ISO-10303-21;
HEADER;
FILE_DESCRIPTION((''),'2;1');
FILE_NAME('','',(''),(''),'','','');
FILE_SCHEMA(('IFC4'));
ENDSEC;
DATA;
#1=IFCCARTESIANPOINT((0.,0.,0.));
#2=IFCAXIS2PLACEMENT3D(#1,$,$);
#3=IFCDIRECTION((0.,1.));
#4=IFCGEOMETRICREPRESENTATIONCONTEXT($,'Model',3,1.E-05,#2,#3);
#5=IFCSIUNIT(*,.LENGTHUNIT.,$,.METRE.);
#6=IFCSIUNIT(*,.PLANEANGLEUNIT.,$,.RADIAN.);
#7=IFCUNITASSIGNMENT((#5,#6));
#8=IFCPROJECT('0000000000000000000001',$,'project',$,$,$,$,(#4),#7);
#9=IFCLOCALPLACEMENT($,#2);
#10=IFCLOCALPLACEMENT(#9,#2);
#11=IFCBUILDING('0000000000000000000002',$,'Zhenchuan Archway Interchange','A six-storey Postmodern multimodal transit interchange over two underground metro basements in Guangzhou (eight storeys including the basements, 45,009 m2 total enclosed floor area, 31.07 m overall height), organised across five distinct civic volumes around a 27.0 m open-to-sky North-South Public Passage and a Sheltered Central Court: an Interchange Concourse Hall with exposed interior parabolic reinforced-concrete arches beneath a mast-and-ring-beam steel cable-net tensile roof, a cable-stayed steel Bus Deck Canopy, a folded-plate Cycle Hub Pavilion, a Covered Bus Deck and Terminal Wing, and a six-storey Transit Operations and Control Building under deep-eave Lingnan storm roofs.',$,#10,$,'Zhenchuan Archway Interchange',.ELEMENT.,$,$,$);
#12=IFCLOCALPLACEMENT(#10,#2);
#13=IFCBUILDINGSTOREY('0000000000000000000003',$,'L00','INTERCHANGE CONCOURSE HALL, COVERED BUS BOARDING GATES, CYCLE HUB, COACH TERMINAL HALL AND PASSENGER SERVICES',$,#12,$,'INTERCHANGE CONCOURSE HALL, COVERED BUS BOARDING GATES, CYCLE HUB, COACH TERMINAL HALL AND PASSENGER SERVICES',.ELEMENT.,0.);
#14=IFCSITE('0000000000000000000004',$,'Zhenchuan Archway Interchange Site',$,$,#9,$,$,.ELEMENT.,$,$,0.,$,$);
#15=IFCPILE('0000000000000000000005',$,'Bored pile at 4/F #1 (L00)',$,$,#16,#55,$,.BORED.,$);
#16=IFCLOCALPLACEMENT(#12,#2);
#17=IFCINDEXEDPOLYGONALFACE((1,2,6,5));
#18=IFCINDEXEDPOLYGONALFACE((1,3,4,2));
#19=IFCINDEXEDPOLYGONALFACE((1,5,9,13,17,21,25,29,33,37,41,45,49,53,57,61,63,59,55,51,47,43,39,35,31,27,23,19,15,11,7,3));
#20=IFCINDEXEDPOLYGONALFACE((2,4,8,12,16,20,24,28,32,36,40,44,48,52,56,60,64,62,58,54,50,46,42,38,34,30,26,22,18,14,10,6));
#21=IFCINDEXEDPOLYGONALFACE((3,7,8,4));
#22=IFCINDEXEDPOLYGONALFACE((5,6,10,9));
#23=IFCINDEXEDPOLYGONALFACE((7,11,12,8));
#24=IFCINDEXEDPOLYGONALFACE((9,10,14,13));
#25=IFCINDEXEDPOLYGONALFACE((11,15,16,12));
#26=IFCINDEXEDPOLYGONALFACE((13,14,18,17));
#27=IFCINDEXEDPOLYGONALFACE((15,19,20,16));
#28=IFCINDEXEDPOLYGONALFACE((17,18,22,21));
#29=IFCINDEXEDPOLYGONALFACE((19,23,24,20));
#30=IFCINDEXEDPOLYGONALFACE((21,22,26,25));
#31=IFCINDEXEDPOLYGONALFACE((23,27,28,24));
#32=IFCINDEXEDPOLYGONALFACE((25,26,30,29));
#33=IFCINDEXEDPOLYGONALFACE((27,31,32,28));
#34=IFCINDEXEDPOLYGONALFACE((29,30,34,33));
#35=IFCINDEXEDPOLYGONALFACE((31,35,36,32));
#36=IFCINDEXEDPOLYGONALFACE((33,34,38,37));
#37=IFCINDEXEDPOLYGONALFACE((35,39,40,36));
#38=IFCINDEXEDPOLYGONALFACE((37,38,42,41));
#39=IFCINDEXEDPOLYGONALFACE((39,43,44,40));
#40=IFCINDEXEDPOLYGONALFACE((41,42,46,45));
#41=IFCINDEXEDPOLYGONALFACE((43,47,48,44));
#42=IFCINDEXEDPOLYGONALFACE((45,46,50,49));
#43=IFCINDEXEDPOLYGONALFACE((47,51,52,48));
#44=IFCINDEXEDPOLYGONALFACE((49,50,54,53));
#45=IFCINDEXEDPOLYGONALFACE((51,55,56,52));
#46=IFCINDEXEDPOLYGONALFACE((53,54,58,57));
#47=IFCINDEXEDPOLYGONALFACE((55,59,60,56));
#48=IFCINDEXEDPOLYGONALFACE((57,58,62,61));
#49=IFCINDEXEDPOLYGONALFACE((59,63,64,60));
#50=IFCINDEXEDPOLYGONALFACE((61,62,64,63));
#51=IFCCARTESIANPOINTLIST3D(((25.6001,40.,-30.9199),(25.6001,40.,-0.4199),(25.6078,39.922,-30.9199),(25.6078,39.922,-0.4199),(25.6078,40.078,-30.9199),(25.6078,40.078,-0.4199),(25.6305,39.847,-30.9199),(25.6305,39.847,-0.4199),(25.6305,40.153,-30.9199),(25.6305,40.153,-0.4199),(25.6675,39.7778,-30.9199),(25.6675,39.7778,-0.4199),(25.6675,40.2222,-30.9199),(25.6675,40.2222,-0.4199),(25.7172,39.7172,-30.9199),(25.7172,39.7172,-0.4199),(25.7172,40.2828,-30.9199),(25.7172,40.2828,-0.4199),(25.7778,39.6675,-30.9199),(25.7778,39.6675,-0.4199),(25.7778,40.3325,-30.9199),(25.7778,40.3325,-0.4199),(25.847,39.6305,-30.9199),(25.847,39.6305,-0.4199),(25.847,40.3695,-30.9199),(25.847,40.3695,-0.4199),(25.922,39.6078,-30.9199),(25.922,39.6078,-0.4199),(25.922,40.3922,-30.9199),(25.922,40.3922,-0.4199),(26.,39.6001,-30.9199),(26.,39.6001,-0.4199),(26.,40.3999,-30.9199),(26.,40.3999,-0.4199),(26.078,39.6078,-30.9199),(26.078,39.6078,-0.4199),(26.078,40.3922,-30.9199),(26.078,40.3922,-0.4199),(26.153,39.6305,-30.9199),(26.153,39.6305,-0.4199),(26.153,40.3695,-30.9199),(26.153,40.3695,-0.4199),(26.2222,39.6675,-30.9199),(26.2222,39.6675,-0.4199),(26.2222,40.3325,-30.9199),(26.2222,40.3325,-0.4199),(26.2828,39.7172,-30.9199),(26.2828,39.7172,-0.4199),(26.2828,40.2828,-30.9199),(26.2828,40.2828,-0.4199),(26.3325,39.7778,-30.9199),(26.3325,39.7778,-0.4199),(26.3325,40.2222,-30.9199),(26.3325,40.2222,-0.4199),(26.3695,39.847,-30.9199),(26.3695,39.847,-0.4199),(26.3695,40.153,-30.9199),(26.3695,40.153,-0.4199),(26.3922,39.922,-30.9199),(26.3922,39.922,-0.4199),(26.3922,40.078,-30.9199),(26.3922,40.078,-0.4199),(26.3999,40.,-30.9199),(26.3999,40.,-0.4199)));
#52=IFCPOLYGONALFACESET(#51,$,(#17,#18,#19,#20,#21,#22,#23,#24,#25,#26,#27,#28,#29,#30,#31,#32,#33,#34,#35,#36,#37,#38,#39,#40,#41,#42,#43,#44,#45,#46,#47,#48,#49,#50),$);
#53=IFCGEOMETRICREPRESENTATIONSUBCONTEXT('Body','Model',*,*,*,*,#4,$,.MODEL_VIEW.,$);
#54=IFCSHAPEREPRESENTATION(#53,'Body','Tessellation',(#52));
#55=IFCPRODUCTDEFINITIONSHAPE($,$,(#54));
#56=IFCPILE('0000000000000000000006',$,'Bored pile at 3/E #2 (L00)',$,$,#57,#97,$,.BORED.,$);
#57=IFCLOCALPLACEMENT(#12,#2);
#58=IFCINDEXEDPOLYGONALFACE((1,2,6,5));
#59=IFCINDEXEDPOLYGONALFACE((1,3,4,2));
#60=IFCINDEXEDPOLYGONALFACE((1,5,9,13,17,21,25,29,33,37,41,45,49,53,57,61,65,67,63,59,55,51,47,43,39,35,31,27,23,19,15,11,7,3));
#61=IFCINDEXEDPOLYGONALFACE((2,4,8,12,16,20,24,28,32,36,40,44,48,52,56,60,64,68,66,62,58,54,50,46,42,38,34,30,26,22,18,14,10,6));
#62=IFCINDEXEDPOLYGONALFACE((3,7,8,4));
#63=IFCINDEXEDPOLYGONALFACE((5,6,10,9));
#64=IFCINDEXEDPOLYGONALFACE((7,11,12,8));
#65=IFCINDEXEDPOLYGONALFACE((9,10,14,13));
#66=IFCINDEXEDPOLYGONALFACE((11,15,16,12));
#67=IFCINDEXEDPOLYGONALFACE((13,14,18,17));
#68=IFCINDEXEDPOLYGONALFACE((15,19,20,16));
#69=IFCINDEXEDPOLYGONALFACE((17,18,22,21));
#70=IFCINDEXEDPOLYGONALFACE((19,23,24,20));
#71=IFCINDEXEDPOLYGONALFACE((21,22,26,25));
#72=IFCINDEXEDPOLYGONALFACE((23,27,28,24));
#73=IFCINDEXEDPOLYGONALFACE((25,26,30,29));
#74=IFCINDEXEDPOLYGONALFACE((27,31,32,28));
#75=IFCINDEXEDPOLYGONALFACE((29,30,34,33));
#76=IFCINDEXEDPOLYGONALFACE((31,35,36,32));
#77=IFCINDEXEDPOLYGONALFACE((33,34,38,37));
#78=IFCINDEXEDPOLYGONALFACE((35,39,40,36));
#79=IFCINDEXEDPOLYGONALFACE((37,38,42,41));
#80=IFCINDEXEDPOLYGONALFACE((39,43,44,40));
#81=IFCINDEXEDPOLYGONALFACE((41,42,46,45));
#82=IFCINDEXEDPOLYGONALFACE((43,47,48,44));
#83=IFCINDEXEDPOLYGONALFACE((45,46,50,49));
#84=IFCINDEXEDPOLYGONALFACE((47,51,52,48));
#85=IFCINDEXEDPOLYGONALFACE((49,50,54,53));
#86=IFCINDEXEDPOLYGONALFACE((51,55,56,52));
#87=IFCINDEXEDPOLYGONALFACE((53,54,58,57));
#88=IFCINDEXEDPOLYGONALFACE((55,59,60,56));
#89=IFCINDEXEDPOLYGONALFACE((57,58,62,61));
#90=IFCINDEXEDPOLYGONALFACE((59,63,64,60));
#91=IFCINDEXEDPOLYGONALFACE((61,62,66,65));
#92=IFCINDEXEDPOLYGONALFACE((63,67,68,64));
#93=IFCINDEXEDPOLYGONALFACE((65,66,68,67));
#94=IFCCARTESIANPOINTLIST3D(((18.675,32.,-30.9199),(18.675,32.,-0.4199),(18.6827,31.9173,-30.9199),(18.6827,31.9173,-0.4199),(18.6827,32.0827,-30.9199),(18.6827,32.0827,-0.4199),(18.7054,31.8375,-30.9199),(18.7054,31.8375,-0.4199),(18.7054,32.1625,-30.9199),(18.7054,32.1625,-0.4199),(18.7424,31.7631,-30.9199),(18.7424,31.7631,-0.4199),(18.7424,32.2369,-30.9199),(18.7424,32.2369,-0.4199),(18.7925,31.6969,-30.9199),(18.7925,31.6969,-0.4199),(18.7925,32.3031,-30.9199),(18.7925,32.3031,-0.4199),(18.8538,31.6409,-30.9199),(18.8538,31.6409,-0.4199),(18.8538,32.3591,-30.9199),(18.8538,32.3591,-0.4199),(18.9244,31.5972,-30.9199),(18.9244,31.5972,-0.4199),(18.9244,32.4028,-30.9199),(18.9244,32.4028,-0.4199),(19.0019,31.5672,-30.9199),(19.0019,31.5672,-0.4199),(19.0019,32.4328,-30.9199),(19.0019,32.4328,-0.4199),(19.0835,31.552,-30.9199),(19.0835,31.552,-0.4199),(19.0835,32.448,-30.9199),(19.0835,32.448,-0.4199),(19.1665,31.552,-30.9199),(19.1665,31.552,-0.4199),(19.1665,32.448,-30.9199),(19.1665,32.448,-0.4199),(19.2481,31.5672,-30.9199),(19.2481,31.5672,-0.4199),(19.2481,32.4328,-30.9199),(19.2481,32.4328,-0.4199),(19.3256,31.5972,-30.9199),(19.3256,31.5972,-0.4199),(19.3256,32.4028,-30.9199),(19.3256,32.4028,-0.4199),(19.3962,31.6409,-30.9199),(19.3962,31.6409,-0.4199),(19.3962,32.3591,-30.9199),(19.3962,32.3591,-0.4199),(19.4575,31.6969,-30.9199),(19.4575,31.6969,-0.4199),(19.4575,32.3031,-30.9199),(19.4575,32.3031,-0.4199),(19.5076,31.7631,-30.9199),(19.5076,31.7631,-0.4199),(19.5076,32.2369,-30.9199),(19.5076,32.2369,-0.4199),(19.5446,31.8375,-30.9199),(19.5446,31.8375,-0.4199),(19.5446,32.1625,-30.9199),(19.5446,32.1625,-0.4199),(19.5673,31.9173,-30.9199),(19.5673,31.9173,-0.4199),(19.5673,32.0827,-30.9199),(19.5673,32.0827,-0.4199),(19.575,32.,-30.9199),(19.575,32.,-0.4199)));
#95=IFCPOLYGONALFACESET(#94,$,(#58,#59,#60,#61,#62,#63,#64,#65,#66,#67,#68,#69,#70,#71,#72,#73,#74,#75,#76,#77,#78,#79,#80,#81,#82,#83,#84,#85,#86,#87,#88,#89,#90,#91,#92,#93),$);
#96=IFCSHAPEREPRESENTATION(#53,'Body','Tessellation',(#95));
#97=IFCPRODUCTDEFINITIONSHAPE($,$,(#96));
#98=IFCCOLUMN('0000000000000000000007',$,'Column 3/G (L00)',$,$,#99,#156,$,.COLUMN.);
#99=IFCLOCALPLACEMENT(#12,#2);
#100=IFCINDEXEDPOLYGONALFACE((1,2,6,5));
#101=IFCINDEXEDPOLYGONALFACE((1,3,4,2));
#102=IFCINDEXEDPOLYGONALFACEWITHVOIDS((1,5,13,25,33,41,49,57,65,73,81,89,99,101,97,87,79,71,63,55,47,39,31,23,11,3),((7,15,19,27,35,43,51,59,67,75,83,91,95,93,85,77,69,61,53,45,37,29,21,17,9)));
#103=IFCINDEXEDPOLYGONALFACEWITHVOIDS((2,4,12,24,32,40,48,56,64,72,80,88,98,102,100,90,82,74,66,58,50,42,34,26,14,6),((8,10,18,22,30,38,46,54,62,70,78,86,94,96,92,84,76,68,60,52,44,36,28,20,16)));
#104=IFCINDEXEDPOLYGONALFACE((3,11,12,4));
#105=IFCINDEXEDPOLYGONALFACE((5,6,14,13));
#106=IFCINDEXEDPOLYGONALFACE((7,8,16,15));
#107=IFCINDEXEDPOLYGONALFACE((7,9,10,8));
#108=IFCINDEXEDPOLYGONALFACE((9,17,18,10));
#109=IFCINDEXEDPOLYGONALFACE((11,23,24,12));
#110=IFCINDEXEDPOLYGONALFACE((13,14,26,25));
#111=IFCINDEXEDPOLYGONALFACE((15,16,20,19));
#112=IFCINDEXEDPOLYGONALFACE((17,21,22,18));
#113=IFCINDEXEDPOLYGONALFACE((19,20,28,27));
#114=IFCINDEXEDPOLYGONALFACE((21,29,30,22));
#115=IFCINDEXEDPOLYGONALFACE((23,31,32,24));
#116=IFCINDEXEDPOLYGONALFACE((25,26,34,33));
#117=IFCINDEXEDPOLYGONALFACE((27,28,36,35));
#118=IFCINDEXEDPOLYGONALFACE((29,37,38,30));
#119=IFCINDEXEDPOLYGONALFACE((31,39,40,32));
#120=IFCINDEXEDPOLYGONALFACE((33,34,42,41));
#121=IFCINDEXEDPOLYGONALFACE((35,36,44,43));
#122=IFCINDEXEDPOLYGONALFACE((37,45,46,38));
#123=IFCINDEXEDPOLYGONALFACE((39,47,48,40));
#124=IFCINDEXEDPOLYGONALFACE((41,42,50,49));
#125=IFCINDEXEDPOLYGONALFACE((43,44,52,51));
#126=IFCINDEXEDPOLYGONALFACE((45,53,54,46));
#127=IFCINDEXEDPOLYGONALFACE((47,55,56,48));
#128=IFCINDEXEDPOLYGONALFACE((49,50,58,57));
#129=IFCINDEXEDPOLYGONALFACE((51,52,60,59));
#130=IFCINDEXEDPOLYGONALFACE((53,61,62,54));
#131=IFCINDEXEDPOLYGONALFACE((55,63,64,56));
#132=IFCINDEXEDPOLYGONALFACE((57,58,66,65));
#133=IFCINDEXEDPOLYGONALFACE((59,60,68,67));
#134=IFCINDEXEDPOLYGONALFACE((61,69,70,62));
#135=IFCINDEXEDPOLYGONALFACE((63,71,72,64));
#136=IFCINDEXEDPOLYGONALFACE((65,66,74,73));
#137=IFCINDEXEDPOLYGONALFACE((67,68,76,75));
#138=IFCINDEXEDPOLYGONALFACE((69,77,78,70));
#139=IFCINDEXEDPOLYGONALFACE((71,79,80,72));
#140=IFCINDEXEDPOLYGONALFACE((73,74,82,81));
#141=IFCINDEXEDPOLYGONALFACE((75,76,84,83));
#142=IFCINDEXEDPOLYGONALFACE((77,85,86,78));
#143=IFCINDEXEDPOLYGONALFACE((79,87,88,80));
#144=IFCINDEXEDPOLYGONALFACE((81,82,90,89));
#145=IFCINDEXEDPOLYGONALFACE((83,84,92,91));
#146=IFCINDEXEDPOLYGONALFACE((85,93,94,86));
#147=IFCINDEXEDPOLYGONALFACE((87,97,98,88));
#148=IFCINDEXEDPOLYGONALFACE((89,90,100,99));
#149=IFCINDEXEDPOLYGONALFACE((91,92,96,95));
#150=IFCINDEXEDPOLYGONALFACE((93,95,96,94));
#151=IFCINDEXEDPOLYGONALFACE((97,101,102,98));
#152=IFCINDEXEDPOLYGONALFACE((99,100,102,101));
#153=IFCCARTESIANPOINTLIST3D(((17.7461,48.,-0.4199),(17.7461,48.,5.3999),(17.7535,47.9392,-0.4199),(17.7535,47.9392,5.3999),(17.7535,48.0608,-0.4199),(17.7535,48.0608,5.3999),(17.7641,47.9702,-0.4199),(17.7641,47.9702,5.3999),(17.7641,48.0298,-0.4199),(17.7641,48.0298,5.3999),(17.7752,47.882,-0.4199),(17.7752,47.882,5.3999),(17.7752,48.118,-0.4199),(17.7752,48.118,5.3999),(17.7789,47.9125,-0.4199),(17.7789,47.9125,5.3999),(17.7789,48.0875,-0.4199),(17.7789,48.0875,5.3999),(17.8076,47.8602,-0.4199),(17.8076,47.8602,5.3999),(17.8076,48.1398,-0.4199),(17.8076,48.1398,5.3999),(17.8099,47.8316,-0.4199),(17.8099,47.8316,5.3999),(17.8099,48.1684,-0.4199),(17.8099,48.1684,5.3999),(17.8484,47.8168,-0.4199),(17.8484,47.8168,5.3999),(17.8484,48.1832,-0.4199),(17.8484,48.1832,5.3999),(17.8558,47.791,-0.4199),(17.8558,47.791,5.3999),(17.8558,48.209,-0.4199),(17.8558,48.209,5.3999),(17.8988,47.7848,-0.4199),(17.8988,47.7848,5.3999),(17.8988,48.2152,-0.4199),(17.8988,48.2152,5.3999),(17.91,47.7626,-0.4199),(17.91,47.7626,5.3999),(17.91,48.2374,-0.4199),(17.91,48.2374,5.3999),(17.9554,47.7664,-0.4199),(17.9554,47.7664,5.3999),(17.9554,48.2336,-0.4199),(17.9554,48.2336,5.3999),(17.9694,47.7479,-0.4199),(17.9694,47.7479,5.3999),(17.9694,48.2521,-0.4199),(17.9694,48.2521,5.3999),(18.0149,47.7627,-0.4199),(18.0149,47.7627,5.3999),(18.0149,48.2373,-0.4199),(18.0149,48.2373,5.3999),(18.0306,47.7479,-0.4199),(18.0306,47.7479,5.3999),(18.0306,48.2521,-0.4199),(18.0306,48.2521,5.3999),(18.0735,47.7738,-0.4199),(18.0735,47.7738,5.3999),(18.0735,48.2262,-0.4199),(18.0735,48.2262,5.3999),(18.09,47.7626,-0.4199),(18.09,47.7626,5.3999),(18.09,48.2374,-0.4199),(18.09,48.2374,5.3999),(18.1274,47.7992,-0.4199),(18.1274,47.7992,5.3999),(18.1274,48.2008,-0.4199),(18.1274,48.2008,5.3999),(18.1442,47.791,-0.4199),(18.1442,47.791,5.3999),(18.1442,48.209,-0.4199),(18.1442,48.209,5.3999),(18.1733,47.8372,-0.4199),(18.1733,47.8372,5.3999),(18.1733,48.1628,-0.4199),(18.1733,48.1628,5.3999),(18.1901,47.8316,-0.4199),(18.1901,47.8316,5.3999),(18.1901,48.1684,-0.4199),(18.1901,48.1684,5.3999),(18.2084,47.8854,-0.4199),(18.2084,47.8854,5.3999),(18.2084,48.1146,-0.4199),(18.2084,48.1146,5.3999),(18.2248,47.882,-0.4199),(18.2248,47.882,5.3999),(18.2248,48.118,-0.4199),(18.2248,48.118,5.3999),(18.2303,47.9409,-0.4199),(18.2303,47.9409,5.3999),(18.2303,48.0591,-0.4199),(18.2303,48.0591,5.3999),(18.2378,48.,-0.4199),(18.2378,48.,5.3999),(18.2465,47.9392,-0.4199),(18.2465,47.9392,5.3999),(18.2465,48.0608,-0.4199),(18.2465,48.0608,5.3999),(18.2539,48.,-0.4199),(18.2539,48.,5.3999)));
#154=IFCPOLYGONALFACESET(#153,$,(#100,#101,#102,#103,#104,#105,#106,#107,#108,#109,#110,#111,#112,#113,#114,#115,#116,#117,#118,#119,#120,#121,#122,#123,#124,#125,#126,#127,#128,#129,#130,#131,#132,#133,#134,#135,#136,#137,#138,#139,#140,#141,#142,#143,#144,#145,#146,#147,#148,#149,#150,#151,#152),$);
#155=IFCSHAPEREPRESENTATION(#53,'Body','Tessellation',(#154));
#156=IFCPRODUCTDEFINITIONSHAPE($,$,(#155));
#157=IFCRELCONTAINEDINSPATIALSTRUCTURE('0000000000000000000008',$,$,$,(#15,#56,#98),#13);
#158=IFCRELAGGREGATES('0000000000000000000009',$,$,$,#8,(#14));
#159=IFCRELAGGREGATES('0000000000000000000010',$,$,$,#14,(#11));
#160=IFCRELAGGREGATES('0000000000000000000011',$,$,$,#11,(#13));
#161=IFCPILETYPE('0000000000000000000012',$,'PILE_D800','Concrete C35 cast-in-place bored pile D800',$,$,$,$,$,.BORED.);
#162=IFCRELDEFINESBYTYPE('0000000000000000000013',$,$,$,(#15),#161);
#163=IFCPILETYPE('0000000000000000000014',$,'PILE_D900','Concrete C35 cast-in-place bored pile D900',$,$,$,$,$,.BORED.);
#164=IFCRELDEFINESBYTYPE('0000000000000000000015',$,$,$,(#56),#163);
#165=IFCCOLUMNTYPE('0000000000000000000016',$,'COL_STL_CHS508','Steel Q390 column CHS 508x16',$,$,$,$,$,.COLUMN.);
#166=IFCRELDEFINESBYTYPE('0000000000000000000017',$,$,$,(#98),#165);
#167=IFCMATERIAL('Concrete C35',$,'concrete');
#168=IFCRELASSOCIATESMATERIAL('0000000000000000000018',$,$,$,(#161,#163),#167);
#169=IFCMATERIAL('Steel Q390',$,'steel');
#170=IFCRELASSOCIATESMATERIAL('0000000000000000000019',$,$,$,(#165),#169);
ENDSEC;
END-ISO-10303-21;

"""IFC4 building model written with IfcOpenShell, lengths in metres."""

from ifc_helpers import new_model, si_unit, direction, frame, origin, origin_2d, place, context, subcontext, project, spatial, circle, hollow_circle, extrude, material, material_profile, profile_set, type_object, element, save


model = new_model("IFC4")

# Units and contexts
model_context = context("Model", 3, precision=1e-05, world=origin(), true_north=direction((0.0, 1.0)))
body_context = subcontext(model_context, "Body", "Model", "MODEL_VIEW")
ifc_project = project(units=[si_unit("LENGTHUNIT", "METRE"), si_unit("PLANEANGLEUNIT", "RADIAN")], contexts=[model_context])

# Site, building, storey
site_placement = place(None, origin())
site = spatial("IfcSite", under=ifc_project, at=site_placement, Name="Zhenchuan Archway Interchange Site", CompositionType="ELEMENT", RefElevation=0.0)
building_placement = place(site_placement, origin())
building = spatial("IfcBuilding", under=site, at=building_placement, Name="Zhenchuan Archway Interchange", Description="A six-storey Postmodern multimodal transit interchange over two underground metro basements in Guangzhou (eight storeys including the basements, 45,009 m2 total enclosed floor area, 31.07 m overall height), organised across five distinct civic volumes around a 27.0 m open-to-sky North-South Public Passage and a Sheltered Central Court: an Interchange Concourse Hall with exposed interior parabolic reinforced-concrete arches beneath a mast-and-ring-beam steel cable-net tensile roof, a cable-stayed steel Bus Deck Canopy, a folded-plate Cycle Hub Pavilion, a Covered Bus Deck and Terminal Wing, and a six-storey Transit Operations and Control Building under deep-eave Lingnan storm roofs.", LongName="Zhenchuan Archway Interchange", CompositionType="ELEMENT")
storey_placement = place(building_placement, origin())
storey = spatial("IfcBuildingStorey", under=building, at=storey_placement, Name="L00", Description="INTERCHANGE CONCOURSE HALL, COVERED BUS BOARDING GATES, CYCLE HUB, COACH TERMINAL HALL AND PASSENGER SERVICES", LongName="INTERCHANGE CONCOURSE HALL, COVERED BUS BOARDING GATES, CYCLE HUB, COACH TERMINAL HALL AND PASSENGER SERVICES", CompositionType="ELEMENT", Elevation=0.0)

# Piles
ifc_material_1 = material(Name="Concrete C35", Category="concrete")
ifc_material_profile_1 = material_profile(ifc_material_1, circle(Radius=0.3999, at=origin_2d()), Name="BORED PILE 800")
ifc_profile_set_1 = profile_set([ifc_material_profile_1], Name="Concrete C35")
pile_type_1 = type_object("IfcPileType", Name="PILE_D800", Description="Concrete C35 cast-in-place bored pile D800", PredefinedType="BORED", material=ifc_profile_set_1)
pile_1_placement = place(storey_placement, frame((26.0, 40.0, -0.4199), z_axis=(0.0, 0.0, -1.0), x_axis=(1.0, 0.0, 0.0)))
element("IfcPile", 1, at=pile_1_placement, inside=storey, type_object=pile_type_1, Name="Bored pile at 4/F #1 (L00)", PredefinedType="BORED", context=body_context, shape_type="SweptSolid", body=[
    extrude(circle(Radius=0.3999, at=origin_2d()), origin(), (0.0, 0.0, 1.0), 30.5),
])
ifc_material_profile_2 = material_profile(ifc_material_1, circle(Radius=0.45, at=origin_2d()), Name="BORED PILE 900")
ifc_profile_set_2 = profile_set([ifc_material_profile_2], Name="Concrete C35")
pile_type_2 = type_object("IfcPileType", Name="PILE_D900", Description="Concrete C35 cast-in-place bored pile D900", PredefinedType="BORED", material=ifc_profile_set_2)
pile_2_placement = place(storey_placement, frame((19.125, 32.0, -0.4199), z_axis=(0.0, 0.0, -1.0), x_axis=(1.0, 0.0, 0.0)))
element("IfcPile", 2, at=pile_2_placement, inside=storey, type_object=pile_type_2, Name="Bored pile at 3/E #2 (L00)", PredefinedType="BORED", context=body_context, shape_type="SweptSolid", body=[
    extrude(circle(Radius=0.45, at=origin_2d()), origin(), (0.0, 0.0, 1.0), 30.5),
])

# Column
ifc_material_2 = material(Name="Steel Q390", Category="steel")
ifc_material_profile_3 = material_profile(ifc_material_2, hollow_circle(Radius=0.2539, WallThickness=0.0161, at=origin_2d()), Name="CHS 508x16")
ifc_profile_set_3 = profile_set([ifc_material_profile_3], Name="Steel Q390")
column_type_1 = type_object("IfcColumnType", Name="COL_STL_CHS508", Description="Steel Q390 column CHS 508x16", PredefinedType="COLUMN", material=ifc_profile_set_3)
column_1_placement = place(storey_placement, frame((18.0, 48.0, -0.4199), z_axis=(0.0, 0.0, 1.0), x_axis=(1.0, 0.0, 0.0)))
element("IfcColumn", 3, at=column_1_placement, inside=storey, type_object=column_type_1, Name="Column 3/G (L00)", PredefinedType="COLUMN", context=body_context, shape_type="SweptSolid", body=[
    extrude(hollow_circle(Radius=0.2539, WallThickness=0.0161, at=origin_2d()), origin(), (0.0, 0.0, 1.0), 5.8198),
])

save(model, "model.ifc")
